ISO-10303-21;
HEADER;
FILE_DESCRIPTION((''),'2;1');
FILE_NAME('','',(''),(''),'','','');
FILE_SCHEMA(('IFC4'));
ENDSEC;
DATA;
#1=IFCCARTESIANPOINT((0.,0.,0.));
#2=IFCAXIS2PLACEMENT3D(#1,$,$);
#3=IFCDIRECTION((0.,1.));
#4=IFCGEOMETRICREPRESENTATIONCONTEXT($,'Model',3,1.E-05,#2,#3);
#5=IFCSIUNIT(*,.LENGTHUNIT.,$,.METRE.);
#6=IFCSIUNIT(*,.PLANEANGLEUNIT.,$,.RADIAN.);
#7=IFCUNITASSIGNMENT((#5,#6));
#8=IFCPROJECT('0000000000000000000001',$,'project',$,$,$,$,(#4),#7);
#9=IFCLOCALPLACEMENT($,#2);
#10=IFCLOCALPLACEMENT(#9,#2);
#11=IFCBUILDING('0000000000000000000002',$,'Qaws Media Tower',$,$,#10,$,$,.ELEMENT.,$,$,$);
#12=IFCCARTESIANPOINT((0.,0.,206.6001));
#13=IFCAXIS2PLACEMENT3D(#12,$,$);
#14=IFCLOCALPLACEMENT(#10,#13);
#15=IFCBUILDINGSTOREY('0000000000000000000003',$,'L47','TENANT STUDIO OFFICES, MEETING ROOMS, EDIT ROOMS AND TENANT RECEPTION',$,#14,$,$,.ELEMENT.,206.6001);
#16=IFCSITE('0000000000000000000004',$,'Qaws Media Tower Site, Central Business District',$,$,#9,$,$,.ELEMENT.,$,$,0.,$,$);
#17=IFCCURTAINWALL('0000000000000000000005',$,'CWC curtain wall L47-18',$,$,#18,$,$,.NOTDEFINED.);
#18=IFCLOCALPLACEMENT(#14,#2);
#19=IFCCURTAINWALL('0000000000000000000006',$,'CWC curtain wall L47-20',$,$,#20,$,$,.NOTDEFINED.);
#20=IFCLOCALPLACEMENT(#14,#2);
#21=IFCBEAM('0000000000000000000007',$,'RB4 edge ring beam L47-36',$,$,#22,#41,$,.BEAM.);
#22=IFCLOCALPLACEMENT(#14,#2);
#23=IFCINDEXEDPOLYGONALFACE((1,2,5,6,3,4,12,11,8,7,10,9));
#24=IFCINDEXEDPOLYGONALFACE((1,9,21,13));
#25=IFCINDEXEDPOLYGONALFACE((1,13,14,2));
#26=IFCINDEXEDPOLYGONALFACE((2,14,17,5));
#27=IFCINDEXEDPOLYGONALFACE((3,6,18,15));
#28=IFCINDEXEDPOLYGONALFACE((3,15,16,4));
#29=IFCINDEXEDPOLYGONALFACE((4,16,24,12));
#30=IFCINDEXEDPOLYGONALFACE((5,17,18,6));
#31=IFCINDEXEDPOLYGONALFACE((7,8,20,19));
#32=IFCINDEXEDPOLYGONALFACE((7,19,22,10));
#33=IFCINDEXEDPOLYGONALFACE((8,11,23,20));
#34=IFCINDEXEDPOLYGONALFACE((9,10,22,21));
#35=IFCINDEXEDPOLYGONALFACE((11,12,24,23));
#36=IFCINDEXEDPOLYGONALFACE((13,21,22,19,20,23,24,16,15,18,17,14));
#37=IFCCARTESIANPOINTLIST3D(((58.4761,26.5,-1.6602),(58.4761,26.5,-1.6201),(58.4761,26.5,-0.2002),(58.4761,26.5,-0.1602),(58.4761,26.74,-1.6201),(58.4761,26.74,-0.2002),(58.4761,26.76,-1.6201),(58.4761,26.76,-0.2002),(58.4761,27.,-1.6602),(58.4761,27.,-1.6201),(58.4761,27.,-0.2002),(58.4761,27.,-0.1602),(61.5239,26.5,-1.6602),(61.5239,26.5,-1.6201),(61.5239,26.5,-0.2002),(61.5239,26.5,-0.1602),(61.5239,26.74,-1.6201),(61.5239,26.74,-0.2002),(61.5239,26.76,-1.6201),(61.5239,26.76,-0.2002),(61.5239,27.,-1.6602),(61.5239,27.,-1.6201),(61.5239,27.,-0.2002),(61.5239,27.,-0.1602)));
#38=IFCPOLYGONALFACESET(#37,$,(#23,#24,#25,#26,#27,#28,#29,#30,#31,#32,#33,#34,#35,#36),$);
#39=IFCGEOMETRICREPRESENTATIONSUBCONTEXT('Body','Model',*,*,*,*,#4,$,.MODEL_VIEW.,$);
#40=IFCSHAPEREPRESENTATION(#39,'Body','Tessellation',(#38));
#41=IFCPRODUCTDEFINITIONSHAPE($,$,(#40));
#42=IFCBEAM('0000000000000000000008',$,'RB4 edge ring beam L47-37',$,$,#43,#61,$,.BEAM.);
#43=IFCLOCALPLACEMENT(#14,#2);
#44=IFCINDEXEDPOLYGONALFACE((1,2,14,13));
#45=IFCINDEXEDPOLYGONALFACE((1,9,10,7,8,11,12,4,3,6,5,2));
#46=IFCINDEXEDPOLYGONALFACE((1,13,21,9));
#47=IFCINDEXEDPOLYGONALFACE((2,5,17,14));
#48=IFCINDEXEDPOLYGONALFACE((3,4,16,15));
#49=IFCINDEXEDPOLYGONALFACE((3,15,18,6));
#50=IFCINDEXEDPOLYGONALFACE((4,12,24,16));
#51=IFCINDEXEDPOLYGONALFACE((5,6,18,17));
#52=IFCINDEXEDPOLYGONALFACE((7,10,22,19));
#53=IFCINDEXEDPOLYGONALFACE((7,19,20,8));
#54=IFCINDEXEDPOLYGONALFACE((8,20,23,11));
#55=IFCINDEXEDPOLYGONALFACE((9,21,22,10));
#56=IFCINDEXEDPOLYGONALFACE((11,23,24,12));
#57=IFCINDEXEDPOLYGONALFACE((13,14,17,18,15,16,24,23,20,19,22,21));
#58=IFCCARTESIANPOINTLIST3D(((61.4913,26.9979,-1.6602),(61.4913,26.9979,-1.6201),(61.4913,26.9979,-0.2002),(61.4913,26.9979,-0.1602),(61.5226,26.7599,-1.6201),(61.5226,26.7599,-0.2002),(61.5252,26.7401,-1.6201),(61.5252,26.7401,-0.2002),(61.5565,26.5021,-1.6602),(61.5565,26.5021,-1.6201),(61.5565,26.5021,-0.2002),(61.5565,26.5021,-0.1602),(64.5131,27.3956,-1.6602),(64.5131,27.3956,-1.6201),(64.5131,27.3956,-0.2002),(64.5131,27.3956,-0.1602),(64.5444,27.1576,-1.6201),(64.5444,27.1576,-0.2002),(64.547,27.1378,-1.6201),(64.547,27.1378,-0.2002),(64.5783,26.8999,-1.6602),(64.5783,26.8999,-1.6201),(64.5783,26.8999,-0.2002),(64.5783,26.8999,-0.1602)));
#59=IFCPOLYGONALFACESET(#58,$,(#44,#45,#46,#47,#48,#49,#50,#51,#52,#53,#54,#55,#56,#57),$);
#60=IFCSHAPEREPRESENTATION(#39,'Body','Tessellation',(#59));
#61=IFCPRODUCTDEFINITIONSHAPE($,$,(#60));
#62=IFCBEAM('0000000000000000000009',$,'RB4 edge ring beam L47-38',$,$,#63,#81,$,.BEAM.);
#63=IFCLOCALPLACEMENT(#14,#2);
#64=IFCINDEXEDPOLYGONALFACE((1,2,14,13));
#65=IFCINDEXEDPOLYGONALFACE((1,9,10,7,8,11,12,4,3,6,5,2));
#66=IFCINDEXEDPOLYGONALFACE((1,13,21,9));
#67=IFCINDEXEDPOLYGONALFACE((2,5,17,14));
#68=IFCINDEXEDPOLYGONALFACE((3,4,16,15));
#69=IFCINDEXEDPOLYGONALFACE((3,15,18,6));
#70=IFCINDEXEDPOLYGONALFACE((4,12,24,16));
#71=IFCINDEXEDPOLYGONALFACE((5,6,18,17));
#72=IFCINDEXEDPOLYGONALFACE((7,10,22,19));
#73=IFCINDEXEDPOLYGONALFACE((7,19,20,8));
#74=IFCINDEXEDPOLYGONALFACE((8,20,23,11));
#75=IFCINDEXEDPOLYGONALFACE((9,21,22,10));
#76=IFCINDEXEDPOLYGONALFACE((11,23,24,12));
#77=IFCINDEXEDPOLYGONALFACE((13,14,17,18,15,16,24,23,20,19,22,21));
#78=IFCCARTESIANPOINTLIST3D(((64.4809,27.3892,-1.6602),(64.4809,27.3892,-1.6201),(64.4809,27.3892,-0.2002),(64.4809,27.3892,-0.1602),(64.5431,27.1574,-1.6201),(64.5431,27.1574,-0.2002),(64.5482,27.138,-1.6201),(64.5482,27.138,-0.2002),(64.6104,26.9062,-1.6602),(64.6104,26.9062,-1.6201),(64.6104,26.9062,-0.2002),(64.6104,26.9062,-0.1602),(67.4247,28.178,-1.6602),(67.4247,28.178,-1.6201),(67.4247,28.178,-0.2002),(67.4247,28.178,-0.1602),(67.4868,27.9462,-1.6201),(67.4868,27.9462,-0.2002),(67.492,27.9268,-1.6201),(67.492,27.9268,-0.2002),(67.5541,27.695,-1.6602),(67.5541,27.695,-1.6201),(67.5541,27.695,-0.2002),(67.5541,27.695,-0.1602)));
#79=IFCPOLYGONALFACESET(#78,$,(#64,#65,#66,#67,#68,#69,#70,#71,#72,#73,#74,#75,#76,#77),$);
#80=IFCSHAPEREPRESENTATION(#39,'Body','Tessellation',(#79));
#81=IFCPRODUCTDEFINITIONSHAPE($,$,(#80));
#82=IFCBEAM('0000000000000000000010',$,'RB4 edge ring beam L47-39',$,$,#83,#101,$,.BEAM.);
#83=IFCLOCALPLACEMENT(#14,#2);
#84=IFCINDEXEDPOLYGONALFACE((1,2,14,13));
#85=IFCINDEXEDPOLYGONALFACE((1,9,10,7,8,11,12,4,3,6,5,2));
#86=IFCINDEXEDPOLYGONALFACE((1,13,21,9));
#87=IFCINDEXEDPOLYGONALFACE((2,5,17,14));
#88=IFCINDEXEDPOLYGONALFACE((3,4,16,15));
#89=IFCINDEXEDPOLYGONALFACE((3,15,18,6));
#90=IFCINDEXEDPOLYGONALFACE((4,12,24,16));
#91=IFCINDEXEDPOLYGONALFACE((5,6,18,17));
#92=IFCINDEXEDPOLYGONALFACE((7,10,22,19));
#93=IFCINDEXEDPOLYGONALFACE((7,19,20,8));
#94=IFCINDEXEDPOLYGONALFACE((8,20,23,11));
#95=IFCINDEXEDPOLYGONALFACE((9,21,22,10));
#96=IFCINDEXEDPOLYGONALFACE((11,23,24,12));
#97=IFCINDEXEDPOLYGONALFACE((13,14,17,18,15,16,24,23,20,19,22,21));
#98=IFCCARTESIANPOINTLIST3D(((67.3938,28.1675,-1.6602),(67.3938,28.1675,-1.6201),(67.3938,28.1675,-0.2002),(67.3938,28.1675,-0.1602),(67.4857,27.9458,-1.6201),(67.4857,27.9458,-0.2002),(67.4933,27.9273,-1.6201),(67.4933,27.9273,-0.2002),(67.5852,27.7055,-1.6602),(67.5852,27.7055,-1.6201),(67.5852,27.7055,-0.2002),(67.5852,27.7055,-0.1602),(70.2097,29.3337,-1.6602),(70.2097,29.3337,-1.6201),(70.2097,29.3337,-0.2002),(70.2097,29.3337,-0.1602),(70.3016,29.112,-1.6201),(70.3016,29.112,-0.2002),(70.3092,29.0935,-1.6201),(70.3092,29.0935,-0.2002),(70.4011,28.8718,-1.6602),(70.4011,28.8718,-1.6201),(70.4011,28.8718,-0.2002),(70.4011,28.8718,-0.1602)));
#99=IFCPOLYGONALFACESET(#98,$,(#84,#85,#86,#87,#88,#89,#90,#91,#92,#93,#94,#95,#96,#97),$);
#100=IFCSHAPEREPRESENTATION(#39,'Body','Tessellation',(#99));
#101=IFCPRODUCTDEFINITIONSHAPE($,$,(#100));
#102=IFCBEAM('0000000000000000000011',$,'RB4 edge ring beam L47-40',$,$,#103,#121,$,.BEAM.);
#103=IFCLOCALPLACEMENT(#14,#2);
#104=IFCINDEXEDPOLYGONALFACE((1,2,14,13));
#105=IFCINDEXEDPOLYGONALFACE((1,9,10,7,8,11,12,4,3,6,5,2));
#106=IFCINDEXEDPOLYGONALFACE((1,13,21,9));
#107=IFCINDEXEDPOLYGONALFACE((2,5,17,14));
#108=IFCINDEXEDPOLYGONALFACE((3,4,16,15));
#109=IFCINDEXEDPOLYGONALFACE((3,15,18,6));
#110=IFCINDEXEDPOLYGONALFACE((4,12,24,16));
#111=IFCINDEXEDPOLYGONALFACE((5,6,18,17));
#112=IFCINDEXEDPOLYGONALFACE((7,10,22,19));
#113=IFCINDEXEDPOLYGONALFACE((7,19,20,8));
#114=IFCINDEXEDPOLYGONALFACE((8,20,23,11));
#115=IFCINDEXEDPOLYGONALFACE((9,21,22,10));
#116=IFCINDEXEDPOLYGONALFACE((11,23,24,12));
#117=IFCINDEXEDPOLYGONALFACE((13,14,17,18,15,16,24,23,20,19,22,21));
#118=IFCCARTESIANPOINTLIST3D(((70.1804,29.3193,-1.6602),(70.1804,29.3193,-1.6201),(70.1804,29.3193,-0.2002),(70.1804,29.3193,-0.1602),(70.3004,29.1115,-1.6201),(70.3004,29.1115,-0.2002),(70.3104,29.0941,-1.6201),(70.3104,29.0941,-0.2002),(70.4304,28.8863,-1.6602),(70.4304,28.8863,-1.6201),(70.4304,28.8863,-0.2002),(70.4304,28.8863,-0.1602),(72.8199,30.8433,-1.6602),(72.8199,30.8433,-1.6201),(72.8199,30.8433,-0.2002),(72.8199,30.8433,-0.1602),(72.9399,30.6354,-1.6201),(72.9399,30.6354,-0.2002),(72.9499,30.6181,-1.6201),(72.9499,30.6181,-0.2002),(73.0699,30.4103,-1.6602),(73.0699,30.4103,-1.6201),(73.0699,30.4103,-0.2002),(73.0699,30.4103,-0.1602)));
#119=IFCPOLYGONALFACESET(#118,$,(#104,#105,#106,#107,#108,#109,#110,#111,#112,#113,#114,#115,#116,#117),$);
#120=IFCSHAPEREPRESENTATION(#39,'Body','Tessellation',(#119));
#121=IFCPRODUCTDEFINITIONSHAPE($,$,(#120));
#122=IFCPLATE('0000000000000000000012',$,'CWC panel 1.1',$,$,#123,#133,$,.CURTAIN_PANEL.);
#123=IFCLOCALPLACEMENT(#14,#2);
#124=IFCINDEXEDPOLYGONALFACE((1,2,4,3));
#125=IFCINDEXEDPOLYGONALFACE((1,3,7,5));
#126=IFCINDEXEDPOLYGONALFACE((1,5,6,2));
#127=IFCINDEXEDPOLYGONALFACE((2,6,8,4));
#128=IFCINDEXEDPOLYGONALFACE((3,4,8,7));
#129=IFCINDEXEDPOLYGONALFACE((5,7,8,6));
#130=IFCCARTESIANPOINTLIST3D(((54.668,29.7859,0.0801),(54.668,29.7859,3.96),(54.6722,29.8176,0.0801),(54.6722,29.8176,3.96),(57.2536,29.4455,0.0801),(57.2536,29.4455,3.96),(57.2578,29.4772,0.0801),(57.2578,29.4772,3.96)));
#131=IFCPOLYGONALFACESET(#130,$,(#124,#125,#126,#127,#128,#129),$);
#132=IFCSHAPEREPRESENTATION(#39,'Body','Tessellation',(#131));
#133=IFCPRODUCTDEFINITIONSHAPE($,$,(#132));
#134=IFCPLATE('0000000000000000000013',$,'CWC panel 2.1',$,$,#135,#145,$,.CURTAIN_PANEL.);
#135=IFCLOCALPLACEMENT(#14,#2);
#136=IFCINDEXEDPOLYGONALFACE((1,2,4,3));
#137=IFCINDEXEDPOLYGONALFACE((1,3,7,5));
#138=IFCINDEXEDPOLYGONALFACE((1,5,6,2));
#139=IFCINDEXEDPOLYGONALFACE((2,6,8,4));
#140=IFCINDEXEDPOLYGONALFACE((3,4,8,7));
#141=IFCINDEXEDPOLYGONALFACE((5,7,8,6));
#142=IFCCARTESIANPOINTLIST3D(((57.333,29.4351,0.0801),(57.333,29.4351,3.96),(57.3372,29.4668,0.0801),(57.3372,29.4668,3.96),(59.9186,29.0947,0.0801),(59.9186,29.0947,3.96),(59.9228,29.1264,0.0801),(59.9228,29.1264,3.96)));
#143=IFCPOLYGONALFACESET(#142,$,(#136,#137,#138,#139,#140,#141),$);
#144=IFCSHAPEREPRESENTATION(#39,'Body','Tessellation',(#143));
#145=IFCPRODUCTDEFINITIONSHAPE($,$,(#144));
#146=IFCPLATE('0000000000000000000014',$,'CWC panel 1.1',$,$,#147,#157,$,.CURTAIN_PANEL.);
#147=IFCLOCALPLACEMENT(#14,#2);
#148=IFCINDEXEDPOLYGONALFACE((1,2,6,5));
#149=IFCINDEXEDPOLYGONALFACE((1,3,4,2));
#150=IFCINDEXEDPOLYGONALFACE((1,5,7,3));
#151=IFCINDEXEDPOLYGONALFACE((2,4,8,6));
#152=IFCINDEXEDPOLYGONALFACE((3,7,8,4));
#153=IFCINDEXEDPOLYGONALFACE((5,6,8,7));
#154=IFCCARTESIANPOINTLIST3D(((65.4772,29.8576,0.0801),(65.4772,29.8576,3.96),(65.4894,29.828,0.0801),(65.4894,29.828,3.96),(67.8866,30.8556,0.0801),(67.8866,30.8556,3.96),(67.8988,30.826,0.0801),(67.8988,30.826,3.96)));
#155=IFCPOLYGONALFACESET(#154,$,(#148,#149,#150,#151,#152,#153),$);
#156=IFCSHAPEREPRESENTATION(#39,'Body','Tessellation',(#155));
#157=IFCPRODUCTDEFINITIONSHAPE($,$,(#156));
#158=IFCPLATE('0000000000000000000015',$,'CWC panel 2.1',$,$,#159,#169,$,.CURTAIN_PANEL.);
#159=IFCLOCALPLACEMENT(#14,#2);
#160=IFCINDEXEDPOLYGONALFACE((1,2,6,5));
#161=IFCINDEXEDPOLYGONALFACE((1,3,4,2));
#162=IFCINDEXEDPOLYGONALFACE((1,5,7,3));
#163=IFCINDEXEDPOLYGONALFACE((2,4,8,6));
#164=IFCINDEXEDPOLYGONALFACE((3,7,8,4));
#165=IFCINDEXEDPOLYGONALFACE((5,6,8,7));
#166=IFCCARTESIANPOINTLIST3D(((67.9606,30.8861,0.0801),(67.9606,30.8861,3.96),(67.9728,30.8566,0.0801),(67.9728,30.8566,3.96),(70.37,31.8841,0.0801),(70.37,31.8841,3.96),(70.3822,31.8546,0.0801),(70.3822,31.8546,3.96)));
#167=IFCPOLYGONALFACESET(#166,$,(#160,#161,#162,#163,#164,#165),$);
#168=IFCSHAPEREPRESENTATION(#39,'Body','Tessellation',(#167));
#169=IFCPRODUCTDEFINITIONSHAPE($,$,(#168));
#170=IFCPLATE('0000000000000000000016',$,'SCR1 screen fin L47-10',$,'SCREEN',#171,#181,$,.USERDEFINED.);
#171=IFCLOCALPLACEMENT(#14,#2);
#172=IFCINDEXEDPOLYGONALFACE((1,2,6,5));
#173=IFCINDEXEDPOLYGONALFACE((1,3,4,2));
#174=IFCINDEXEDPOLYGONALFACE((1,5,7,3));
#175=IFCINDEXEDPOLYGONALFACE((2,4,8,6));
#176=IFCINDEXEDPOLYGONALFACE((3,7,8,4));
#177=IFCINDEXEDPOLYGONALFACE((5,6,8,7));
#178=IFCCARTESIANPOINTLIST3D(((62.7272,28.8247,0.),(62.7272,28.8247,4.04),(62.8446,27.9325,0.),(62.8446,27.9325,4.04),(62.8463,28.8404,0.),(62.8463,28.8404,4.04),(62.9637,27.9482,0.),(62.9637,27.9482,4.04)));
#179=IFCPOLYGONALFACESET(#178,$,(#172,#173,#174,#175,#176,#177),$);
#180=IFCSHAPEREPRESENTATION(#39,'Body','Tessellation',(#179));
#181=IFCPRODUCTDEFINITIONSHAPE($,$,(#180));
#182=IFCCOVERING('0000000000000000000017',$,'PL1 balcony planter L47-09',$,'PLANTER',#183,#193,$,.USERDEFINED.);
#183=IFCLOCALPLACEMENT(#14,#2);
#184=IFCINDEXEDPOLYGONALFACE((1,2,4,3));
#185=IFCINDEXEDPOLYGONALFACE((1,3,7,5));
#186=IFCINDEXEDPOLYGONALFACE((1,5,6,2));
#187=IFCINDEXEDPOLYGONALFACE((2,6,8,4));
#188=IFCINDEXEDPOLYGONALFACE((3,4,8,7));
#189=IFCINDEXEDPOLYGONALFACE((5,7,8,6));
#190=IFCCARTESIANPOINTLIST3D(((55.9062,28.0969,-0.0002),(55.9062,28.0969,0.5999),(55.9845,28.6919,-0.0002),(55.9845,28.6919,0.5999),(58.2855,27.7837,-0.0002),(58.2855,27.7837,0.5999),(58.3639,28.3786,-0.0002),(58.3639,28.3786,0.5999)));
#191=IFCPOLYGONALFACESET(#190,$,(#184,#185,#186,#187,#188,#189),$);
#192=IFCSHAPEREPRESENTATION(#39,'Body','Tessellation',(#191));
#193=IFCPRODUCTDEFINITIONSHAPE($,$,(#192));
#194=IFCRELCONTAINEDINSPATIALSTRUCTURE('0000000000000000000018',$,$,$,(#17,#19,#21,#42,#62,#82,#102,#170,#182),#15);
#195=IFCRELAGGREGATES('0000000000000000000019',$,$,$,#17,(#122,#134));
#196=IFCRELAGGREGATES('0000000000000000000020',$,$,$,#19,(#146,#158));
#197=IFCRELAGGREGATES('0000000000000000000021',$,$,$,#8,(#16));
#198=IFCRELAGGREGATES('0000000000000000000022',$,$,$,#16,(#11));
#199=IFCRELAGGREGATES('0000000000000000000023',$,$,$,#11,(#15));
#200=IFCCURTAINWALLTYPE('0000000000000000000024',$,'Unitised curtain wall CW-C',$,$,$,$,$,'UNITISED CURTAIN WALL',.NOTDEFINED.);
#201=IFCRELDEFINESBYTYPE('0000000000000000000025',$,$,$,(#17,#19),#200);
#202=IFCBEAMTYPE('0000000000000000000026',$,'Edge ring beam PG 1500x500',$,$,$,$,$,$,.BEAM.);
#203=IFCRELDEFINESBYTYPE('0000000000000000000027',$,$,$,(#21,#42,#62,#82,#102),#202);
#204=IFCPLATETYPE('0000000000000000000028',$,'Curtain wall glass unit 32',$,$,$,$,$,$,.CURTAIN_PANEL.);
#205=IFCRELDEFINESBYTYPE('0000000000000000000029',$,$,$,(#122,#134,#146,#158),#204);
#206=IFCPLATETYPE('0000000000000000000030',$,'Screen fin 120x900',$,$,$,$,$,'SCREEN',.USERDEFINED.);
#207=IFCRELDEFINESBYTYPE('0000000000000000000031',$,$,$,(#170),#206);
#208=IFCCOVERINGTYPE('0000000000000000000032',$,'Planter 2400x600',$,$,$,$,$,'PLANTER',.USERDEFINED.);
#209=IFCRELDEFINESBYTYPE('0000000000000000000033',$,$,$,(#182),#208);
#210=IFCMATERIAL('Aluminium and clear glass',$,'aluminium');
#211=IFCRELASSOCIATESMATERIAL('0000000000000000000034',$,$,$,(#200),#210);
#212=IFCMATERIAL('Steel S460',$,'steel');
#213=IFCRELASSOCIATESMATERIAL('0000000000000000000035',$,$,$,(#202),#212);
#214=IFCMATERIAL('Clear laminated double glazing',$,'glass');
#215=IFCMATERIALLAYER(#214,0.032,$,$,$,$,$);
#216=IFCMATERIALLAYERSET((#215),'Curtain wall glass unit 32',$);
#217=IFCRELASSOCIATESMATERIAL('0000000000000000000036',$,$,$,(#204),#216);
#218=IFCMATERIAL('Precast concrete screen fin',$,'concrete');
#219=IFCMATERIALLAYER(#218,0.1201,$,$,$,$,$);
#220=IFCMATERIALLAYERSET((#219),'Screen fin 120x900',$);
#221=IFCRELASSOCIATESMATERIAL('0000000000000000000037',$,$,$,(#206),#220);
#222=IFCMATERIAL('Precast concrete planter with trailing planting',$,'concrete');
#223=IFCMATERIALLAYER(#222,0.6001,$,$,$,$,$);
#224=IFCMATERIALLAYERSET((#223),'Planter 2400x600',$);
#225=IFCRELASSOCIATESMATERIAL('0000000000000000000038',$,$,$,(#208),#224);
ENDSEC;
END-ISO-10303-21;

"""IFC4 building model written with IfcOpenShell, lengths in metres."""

from ifc_helpers import new_model, si_unit, direction, frame, origin, origin_2d, place, context, subcontext, project, spatial, rectangle, i_section, extrude, material, layer, layer_set, material_profile, profile_set, type_object, element, aggregate, save


model = new_model("IFC4")

# Units and contexts
model_context = context("Model", 3, precision=1e-05, world=origin(), true_north=direction((0.0, 1.0)))
body_context = subcontext(model_context, "Body", "Model", "MODEL_VIEW")
ifc_project = project(units=[si_unit("LENGTHUNIT", "METRE"), si_unit("PLANEANGLEUNIT", "RADIAN")], contexts=[model_context])

# Site, building, storey
site_placement = place(None, origin())
site = spatial("IfcSite", under=ifc_project, at=site_placement, Name="Qaws Media Tower Site, Central Business District", CompositionType="ELEMENT", RefElevation=0.0)
building_placement = place(site_placement, origin())
building = spatial("IfcBuilding", under=site, at=building_placement, Name="Qaws Media Tower", CompositionType="ELEMENT")
storey_placement = place(building_placement, frame((0.0, 0.0, 206.6001)))
storey = spatial("IfcBuildingStorey", under=building, at=storey_placement, Name="L47", Description="TENANT STUDIO OFFICES, MEETING ROOMS, EDIT ROOMS AND TENANT RECEPTION", CompositionType="ELEMENT", Elevation=206.6001)

# Curtain walls
ifc_material_1 = material(Name="Aluminium and clear glass", Category="aluminium")
curtain_wall_type = type_object("IfcCurtainWallType", Name="Unitised curtain wall CW-C", ElementType="UNITISED CURTAIN WALL", PredefinedType="NOTDEFINED", material=ifc_material_1)
curtain_wall_1_placement = place(storey_placement, origin())
curtain_wall_1 = element("IfcCurtainWall", 1, at=curtain_wall_1_placement, inside=storey, type_object=curtain_wall_type, Name="CWC curtain wall L47-18", PredefinedType="NOTDEFINED")
curtain_wall_2_placement = place(storey_placement, origin())
curtain_wall_2 = element("IfcCurtainWall", 2, at=curtain_wall_2_placement, inside=storey, type_object=curtain_wall_type, Name="CWC curtain wall L47-20", PredefinedType="NOTDEFINED")

# Beams
ifc_material_2 = material(Name="Steel S460", Category="steel")
ifc_material_profile_1 = material_profile(ifc_material_2, i_section(OverallWidth=0.5, OverallDepth=1.5, WebThickness=0.02, FlangeThickness=0.04, at=origin_2d()), Name="PG 1500x500")
ifc_profile_set_1 = profile_set([ifc_material_profile_1], Name="Steel S460")
beam_type = type_object("IfcBeamType", Name="Edge ring beam PG 1500x500", PredefinedType="BEAM", material=ifc_profile_set_1)
for number, where, z_axis, x_axis, name in (
    (3, (58.4761, 26.75, -0.9102), (1.0, 0.0, 0.0), (0.0, 1.0, 0.0), "RB4 edge ring beam L47-36"),
    (4, (61.5239, 26.75, -0.9102), (0.99145, 0.13049, 0.0), (-0.13049, 0.99145, 0.0), "RB4 edge ring beam L47-37"),
):
    element("IfcBeam", number, at=place(storey_placement, frame(where, z_axis=z_axis, x_axis=x_axis)), inside=storey, type_object=beam_type, Name=name, PredefinedType="BEAM", context=body_context, shape_type="SweptSolid", body=[
        extrude(i_section(OverallWidth=0.5, OverallDepth=1.5, WebThickness=0.02, FlangeThickness=0.04, at=origin_2d()), origin(), (0.0, 0.0, 1.0), 3.0479),
    ])
beam_placement = place(storey_placement, frame((64.5457, 27.1477, -0.9102), z_axis=(0.965924, 0.258824, 0.0), x_axis=(-0.258824, 0.965924, 0.0)))
element("IfcBeam", 5, at=beam_placement, inside=storey, type_object=beam_type, Name="RB4 edge ring beam L47-38", PredefinedType="BEAM", context=body_context, shape_type="SweptSolid", body=[
    extrude(i_section(OverallWidth=0.5, OverallDepth=1.5, WebThickness=0.02, FlangeThickness=0.04, at=origin_2d()), origin(), (0.0, 0.0, 1.0), 3.0476),
])
for number, where, z_axis, x_axis, name in (
    (6, (67.4895, 27.9365, -0.9102), (0.923895, 0.382647, 0.0), (-0.382647, 0.923895, 0.0), "RB4 edge ring beam L47-39"),
    (7, (70.3054, 29.1028, -0.9102), (0.866016, 0.500016, 0.0), (-0.500016, 0.866016, 0.0), "RB4 edge ring beam L47-40"),
):
    element("IfcBeam", number, at=place(storey_placement, frame(where, z_axis=z_axis, x_axis=x_axis)), inside=storey, type_object=beam_type, Name=name, PredefinedType="BEAM", context=body_context, shape_type="SweptSolid", body=[
        extrude(i_section(OverallWidth=0.5, OverallDepth=1.5, WebThickness=0.02, FlangeThickness=0.04, at=origin_2d()), origin(), (0.0, 0.0, 1.0), 3.0479),
    ])

# Plates
ifc_material_3 = material(Name="Clear laminated double glazing", Category="glass")
ifc_layer_1 = layer(ifc_material_3, 0.032)
ifc_layer_set_1 = layer_set([ifc_layer_1], Name="Curtain wall glass unit 32")
plate_type_1 = type_object("IfcPlateType", Name="Curtain wall glass unit 32", PredefinedType="CURTAIN_PANEL", material=ifc_layer_set_1)
plate_1_placement = place(storey_placement, frame((55.9629, 29.6316, 0.0801), z_axis=(0.0, 0.0, 1.0), x_axis=(0.991445, -0.130526, 0.0)))
plate_1 = element("IfcPlate", 8, at=plate_1_placement, type_object=plate_type_1, Name="CWC panel 1.1", PredefinedType="CURTAIN_PANEL", context=body_context, shape_type="SweptSolid", body=[
    extrude(rectangle(XDim=2.6079, YDim=0.032, at=origin_2d()), origin(), (0.0, 0.0, 1.0), 3.8799),
])
plate_2_placement = place(storey_placement, frame((58.6279, 29.2808, 0.0801), z_axis=(0.0, 0.0, 1.0), x_axis=(0.991445, -0.130526, 0.0)))
plate_2 = element("IfcPlate", 9, at=plate_2_placement, type_object=plate_type_1, Name="CWC panel 2.1", PredefinedType="CURTAIN_PANEL", context=body_context, shape_type="SweptSolid", body=[
    extrude(rectangle(XDim=2.6079, YDim=0.032, at=origin_2d()), origin(), (0.0, 0.0, 1.0), 3.8799),
])
aggregate(curtain_wall_1, [plate_1, plate_2])
plate_3_placement = place(storey_placement, frame((66.688, 30.3418, 0.0801), z_axis=(0.0, 0.0, 1.0), x_axis=(0.92388, 0.382683, 0.0)))
plate_3 = element("IfcPlate", 10, at=plate_3_placement, type_object=plate_type_1, Name="CWC panel 1.1", PredefinedType="CURTAIN_PANEL", context=body_context, shape_type="SweptSolid", body=[
    extrude(rectangle(XDim=2.6079, YDim=0.032, at=origin_2d()), origin(), (0.0, 0.0, 1.0), 3.8799),
])
plate_4_placement = place(storey_placement, frame((69.1714, 31.3704, 0.0801), z_axis=(0.0, 0.0, 1.0), x_axis=(0.92388, 0.382683, 0.0)))
plate_4 = element("IfcPlate", 11, at=plate_4_placement, type_object=plate_type_1, Name="CWC panel 2.1", PredefinedType="CURTAIN_PANEL", context=body_context, shape_type="SweptSolid", body=[
    extrude(rectangle(XDim=2.6079, YDim=0.032, at=origin_2d()), origin(), (0.0, 0.0, 1.0), 3.8799),
])
aggregate(curtain_wall_2, [plate_3, plate_4])
ifc_material_4 = material(Name="Precast concrete screen fin", Category="concrete")
ifc_layer_2 = layer(ifc_material_4, 0.1201)
ifc_layer_set_2 = layer_set([ifc_layer_2], Name="Screen fin 120x900")
plate_type_2 = type_object("IfcPlateType", Name="Screen fin 120x900", ElementType="SCREEN", PredefinedType="USERDEFINED", material=ifc_layer_set_2)
plate_5_placement = place(storey_placement, frame((62.8455, 28.3865, 0.0), z_axis=(0.0, 0.0, 1.0), x_axis=(0.130526, -0.991445, 0.0)))
element("IfcPlate", 12, at=plate_5_placement, inside=storey, type_object=plate_type_2, Name="SCR1 screen fin L47-10", ObjectType="SCREEN", PredefinedType="USERDEFINED", context=body_context, shape_type="SweptSolid", body=[
    extrude(rectangle(XDim=0.8999, YDim=0.1201, at=origin_2d()), origin(), (0.0, 0.0, 1.0), 4.04),
])

# Covering
ifc_material_5 = material(Name="Precast concrete planter with trailing planting", Category="concrete")
ifc_layer_3 = layer(ifc_material_5, 0.6001)
ifc_layer_set_3 = layer_set([ifc_layer_3], Name="Planter 2400x600")
covering_type = type_object("IfcCoveringType", Name="Planter 2400x600", ElementType="PLANTER", PredefinedType="USERDEFINED", material=ifc_layer_set_3)
for number, where, z_axis, x_axis, name in (
    (13, (57.135, 28.2378, -0.0002), (0.0, 0.0, 1.0), (0.991445, -0.130526, 0.0), "PL1 balcony planter L47-09"),
):
    element("IfcCovering", number, at=place(storey_placement, frame(where, z_axis=z_axis, x_axis=x_axis)), inside=storey, type_object=covering_type, Name=name, ObjectType="PLANTER", PredefinedType="USERDEFINED", context=body_context, shape_type="SweptSolid", body=[
        extrude(rectangle(XDim=2.3999, YDim=0.6001, at=origin_2d()), origin(), (0.0, 0.0, 1.0), 0.6001),
    ])

save(model, "model.ifc")
